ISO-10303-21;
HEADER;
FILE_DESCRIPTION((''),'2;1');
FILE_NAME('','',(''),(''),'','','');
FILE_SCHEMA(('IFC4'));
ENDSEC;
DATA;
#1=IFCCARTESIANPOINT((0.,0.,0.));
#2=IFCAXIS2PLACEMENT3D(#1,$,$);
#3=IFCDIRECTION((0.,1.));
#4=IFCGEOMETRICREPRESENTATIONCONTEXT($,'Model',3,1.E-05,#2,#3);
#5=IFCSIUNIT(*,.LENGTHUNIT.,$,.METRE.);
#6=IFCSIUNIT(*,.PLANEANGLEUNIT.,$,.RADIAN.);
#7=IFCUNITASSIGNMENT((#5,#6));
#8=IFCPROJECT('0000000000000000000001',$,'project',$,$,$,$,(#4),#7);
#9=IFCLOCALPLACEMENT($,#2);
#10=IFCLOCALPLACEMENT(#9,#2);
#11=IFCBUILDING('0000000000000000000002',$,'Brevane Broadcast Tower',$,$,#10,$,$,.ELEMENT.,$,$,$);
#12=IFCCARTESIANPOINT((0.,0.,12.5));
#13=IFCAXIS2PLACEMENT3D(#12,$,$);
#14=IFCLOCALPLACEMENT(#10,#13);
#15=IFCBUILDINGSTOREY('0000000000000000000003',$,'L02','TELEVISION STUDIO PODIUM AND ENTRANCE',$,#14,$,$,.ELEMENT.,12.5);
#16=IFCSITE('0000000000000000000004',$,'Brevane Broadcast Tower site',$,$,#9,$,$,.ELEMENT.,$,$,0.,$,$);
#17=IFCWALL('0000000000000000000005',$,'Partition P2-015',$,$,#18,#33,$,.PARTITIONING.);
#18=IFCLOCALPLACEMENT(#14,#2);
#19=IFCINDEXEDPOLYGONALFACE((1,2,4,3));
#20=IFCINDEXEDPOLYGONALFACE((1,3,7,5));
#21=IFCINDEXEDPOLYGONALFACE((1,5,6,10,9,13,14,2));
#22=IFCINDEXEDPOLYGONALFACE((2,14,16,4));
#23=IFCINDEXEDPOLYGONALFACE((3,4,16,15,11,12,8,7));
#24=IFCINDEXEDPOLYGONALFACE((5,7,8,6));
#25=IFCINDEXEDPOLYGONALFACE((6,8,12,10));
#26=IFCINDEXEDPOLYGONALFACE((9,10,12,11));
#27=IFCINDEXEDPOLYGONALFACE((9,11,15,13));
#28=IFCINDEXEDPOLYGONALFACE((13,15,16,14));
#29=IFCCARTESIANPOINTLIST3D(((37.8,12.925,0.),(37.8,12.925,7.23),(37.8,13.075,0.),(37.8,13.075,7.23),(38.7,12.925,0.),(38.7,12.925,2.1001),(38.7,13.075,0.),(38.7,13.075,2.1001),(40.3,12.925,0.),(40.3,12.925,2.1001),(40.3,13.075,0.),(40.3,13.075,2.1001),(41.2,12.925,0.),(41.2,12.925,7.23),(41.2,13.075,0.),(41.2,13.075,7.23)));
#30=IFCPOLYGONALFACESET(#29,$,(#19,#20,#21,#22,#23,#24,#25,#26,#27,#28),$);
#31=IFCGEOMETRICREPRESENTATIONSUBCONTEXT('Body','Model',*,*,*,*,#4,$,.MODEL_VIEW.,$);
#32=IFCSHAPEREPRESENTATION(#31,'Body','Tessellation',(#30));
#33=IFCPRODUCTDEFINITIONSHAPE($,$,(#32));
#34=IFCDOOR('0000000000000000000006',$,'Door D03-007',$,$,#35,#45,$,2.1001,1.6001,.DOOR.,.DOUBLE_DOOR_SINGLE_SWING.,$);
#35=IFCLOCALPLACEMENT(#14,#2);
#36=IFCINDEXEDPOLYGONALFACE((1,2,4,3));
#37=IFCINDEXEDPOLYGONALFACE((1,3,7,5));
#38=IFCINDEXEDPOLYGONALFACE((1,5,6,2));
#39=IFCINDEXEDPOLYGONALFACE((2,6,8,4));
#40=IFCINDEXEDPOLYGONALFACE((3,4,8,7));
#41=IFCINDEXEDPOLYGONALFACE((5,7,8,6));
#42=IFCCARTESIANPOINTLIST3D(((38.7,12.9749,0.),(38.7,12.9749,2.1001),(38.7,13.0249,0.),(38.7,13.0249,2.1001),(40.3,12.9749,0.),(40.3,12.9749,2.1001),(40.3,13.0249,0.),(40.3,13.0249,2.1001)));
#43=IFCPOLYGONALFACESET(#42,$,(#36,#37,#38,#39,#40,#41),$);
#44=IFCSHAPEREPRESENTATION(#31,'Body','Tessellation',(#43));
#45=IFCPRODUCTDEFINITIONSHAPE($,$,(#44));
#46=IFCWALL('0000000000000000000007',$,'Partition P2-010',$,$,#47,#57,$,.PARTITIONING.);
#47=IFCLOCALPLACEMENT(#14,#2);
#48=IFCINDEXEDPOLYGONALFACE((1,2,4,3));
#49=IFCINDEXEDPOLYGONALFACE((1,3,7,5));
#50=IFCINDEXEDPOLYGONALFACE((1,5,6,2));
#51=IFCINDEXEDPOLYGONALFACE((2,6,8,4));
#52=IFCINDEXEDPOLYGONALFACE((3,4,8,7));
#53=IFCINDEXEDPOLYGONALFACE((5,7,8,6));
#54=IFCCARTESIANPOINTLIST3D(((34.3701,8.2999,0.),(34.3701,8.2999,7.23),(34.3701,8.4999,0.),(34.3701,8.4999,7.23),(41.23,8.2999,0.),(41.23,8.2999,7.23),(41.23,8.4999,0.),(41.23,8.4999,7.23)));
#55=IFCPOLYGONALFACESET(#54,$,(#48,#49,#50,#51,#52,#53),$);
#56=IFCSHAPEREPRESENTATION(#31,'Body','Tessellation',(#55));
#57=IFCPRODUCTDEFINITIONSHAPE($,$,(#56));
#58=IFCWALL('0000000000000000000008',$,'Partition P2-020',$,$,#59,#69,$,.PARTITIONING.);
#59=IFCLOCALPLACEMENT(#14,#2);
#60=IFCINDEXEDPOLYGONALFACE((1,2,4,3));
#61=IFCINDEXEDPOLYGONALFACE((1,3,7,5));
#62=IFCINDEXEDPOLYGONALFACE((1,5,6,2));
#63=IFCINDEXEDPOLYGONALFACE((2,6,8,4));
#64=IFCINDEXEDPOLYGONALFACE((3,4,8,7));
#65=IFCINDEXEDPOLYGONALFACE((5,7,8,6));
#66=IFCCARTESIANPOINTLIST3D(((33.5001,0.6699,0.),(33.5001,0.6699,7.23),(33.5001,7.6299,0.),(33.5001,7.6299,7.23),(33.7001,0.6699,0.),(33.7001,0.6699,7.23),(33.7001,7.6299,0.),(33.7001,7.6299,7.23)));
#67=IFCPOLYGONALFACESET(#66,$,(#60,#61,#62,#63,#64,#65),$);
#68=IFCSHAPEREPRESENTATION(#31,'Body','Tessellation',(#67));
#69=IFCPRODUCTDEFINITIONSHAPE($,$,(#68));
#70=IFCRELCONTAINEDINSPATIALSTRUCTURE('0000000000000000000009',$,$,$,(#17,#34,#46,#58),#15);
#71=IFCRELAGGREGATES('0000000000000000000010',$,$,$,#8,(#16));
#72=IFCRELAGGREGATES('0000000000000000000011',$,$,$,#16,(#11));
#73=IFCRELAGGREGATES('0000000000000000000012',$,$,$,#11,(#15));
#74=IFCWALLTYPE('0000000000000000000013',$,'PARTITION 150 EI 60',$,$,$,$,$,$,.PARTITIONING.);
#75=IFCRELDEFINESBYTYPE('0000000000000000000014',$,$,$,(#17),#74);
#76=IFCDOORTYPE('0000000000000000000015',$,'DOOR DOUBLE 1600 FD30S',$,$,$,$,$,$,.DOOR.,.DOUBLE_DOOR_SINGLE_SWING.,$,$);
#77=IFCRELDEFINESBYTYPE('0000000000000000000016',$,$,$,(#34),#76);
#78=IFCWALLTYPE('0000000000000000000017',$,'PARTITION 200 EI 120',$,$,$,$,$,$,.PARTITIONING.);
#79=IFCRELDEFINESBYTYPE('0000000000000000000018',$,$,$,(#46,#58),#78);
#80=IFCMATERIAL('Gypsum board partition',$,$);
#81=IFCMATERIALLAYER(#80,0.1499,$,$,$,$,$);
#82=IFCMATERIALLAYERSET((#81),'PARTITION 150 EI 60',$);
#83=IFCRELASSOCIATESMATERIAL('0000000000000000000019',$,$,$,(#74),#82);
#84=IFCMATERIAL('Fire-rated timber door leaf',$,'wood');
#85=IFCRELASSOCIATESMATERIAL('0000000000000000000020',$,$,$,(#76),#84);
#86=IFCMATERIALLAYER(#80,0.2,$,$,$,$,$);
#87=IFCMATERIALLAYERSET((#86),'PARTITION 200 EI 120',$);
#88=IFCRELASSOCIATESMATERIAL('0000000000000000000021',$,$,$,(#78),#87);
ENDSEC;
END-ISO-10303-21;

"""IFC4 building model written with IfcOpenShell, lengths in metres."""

from ifc_helpers import new_model, si_unit, direction, frame, frame_2d, origin, place, context, subcontext, project, spatial, rectangle, extrude, material, layer, layer_set, type_object, element, fill, save


model = new_model("IFC4")

# Units and contexts
model_context = context("Model", 3, precision=1e-05, world=origin(), true_north=direction((0.0, 1.0)))
body_context = subcontext(model_context, "Body", "Model", "MODEL_VIEW")
ifc_project = project(units=[si_unit("LENGTHUNIT", "METRE"), si_unit("PLANEANGLEUNIT", "RADIAN")], contexts=[model_context])

# Site, building, storey
site_placement = place(None, origin())
site = spatial("IfcSite", under=ifc_project, at=site_placement, Name="Brevane Broadcast Tower site", CompositionType="ELEMENT", RefElevation=0.0)
building_placement = place(site_placement, origin())
building = spatial("IfcBuilding", under=site, at=building_placement, Name="Brevane Broadcast Tower", CompositionType="ELEMENT")
storey_placement = place(building_placement, frame((0.0, 0.0, 12.5)))
storey = spatial("IfcBuildingStorey", under=building, at=storey_placement, Name="L02", Description="TELEVISION STUDIO PODIUM AND ENTRANCE", CompositionType="ELEMENT", Elevation=12.5)

# Shared definitions
ifc_material_1 = material(Name="Gypsum board partition")
ifc_layer_1 = layer(ifc_material_1, 0.1499)
ifc_layer_set_1 = layer_set([ifc_layer_1], Name="PARTITION 150 EI 60")
wall_type_1 = type_object("IfcWallType", Name="PARTITION 150 EI 60", PredefinedType="PARTITIONING", material=ifc_layer_set_1)

# Shared definitions
ifc_material_2 = material(Name="Fire-rated timber door leaf", Category="wood")
door_type = type_object("IfcDoorType", Name="DOOR DOUBLE 1600 FD30S", OperationType="DOUBLE_DOOR_SINGLE_SWING", PredefinedType="DOOR", material=ifc_material_2)

# Wall, opening, door
wall_1_placement = place(storey_placement, frame((37.8, 13.0, 0.0), z_axis=(0.0, 0.0, 1.0), x_axis=(1.0, 0.0, 0.0)))
wall_1 = element("IfcWall", 1, at=wall_1_placement, inside=storey, type_object=wall_type_1, Name="Partition P2-015", PredefinedType="PARTITIONING", context=body_context, shape_type="SweptSolid", body=[
    extrude(rectangle(XDim=3.3999, YDim=0.1499, at=frame_2d((1.7, 0.0))), origin(), (0.0, 0.0, 1.0), 7.23),
])
opening_1_placement = place(wall_1_placement, frame((0.8999, 0.0, 0.0)))
opening_1 = element("IfcOpeningElement", 2, at=opening_1_placement, cuts=wall_1, PredefinedType="OPENING", context=body_context, shape_type="SweptSolid", body=[
    extrude(rectangle(XDim=1.6001, YDim=2.1001, at=frame_2d((0.8, 1.05))), frame((0.0, 0.085, 0.0), z_axis=(0.0, -1.0, 0.0), x_axis=(1.0, 0.0, 0.0)), (0.0, 0.0, 1.0), 0.1699),
])
door_1_placement = place(opening_1_placement, origin())
door_1 = element("IfcDoor", 3, at=door_1_placement, inside=storey, type_object=door_type, Name="Door D03-007", OperationType="DOUBLE_DOOR_SINGLE_SWING", OverallHeight=2.1001, OverallWidth=1.6001, PredefinedType="DOOR", context=body_context, shape_type="SweptSolid", body=[
    extrude(rectangle(XDim=1.6001, YDim=2.1001, at=frame_2d((0.8, 1.05))), frame((0.0, 0.0249, 0.0), z_axis=(0.0, -1.0, 0.0), x_axis=(1.0, 0.0, 0.0)), (0.0, 0.0, 1.0), 0.05),
])
fill(opening_1, door_1)

# Walls
ifc_layer_2 = layer(ifc_material_1, 0.2)
ifc_layer_set_2 = layer_set([ifc_layer_2], Name="PARTITION 200 EI 120")
wall_type_2 = type_object("IfcWallType", Name="PARTITION 200 EI 120", PredefinedType="PARTITIONING", material=ifc_layer_set_2)
wall_2_placement = place(storey_placement, frame((41.23, 8.3999, 0.0), z_axis=(0.0, 0.0, 1.0), x_axis=(-1.0, 0.0, 0.0)))
element("IfcWall", 4, at=wall_2_placement, inside=storey, type_object=wall_type_2, Name="Partition P2-010", PredefinedType="PARTITIONING", context=body_context, shape_type="SweptSolid", body=[
    extrude(rectangle(XDim=6.8599, YDim=0.2, at=frame_2d((3.4299, 0.0))), origin(), (0.0, 0.0, 1.0), 7.23),
])
wall_3_placement = place(storey_placement, frame((33.6001, 0.6699, 0.0), z_axis=(0.0, 0.0, 1.0), x_axis=(0.0, 1.0, 0.0)))
element("IfcWall", 5, at=wall_3_placement, inside=storey, type_object=wall_type_2, Name="Partition P2-020", PredefinedType="PARTITIONING", context=body_context, shape_type="SweptSolid", body=[
    extrude(rectangle(XDim=6.96, YDim=0.2, at=frame_2d((3.48, 0.0))), origin(), (0.0, 0.0, 1.0), 7.23),
])

save(model, "model.ifc")
